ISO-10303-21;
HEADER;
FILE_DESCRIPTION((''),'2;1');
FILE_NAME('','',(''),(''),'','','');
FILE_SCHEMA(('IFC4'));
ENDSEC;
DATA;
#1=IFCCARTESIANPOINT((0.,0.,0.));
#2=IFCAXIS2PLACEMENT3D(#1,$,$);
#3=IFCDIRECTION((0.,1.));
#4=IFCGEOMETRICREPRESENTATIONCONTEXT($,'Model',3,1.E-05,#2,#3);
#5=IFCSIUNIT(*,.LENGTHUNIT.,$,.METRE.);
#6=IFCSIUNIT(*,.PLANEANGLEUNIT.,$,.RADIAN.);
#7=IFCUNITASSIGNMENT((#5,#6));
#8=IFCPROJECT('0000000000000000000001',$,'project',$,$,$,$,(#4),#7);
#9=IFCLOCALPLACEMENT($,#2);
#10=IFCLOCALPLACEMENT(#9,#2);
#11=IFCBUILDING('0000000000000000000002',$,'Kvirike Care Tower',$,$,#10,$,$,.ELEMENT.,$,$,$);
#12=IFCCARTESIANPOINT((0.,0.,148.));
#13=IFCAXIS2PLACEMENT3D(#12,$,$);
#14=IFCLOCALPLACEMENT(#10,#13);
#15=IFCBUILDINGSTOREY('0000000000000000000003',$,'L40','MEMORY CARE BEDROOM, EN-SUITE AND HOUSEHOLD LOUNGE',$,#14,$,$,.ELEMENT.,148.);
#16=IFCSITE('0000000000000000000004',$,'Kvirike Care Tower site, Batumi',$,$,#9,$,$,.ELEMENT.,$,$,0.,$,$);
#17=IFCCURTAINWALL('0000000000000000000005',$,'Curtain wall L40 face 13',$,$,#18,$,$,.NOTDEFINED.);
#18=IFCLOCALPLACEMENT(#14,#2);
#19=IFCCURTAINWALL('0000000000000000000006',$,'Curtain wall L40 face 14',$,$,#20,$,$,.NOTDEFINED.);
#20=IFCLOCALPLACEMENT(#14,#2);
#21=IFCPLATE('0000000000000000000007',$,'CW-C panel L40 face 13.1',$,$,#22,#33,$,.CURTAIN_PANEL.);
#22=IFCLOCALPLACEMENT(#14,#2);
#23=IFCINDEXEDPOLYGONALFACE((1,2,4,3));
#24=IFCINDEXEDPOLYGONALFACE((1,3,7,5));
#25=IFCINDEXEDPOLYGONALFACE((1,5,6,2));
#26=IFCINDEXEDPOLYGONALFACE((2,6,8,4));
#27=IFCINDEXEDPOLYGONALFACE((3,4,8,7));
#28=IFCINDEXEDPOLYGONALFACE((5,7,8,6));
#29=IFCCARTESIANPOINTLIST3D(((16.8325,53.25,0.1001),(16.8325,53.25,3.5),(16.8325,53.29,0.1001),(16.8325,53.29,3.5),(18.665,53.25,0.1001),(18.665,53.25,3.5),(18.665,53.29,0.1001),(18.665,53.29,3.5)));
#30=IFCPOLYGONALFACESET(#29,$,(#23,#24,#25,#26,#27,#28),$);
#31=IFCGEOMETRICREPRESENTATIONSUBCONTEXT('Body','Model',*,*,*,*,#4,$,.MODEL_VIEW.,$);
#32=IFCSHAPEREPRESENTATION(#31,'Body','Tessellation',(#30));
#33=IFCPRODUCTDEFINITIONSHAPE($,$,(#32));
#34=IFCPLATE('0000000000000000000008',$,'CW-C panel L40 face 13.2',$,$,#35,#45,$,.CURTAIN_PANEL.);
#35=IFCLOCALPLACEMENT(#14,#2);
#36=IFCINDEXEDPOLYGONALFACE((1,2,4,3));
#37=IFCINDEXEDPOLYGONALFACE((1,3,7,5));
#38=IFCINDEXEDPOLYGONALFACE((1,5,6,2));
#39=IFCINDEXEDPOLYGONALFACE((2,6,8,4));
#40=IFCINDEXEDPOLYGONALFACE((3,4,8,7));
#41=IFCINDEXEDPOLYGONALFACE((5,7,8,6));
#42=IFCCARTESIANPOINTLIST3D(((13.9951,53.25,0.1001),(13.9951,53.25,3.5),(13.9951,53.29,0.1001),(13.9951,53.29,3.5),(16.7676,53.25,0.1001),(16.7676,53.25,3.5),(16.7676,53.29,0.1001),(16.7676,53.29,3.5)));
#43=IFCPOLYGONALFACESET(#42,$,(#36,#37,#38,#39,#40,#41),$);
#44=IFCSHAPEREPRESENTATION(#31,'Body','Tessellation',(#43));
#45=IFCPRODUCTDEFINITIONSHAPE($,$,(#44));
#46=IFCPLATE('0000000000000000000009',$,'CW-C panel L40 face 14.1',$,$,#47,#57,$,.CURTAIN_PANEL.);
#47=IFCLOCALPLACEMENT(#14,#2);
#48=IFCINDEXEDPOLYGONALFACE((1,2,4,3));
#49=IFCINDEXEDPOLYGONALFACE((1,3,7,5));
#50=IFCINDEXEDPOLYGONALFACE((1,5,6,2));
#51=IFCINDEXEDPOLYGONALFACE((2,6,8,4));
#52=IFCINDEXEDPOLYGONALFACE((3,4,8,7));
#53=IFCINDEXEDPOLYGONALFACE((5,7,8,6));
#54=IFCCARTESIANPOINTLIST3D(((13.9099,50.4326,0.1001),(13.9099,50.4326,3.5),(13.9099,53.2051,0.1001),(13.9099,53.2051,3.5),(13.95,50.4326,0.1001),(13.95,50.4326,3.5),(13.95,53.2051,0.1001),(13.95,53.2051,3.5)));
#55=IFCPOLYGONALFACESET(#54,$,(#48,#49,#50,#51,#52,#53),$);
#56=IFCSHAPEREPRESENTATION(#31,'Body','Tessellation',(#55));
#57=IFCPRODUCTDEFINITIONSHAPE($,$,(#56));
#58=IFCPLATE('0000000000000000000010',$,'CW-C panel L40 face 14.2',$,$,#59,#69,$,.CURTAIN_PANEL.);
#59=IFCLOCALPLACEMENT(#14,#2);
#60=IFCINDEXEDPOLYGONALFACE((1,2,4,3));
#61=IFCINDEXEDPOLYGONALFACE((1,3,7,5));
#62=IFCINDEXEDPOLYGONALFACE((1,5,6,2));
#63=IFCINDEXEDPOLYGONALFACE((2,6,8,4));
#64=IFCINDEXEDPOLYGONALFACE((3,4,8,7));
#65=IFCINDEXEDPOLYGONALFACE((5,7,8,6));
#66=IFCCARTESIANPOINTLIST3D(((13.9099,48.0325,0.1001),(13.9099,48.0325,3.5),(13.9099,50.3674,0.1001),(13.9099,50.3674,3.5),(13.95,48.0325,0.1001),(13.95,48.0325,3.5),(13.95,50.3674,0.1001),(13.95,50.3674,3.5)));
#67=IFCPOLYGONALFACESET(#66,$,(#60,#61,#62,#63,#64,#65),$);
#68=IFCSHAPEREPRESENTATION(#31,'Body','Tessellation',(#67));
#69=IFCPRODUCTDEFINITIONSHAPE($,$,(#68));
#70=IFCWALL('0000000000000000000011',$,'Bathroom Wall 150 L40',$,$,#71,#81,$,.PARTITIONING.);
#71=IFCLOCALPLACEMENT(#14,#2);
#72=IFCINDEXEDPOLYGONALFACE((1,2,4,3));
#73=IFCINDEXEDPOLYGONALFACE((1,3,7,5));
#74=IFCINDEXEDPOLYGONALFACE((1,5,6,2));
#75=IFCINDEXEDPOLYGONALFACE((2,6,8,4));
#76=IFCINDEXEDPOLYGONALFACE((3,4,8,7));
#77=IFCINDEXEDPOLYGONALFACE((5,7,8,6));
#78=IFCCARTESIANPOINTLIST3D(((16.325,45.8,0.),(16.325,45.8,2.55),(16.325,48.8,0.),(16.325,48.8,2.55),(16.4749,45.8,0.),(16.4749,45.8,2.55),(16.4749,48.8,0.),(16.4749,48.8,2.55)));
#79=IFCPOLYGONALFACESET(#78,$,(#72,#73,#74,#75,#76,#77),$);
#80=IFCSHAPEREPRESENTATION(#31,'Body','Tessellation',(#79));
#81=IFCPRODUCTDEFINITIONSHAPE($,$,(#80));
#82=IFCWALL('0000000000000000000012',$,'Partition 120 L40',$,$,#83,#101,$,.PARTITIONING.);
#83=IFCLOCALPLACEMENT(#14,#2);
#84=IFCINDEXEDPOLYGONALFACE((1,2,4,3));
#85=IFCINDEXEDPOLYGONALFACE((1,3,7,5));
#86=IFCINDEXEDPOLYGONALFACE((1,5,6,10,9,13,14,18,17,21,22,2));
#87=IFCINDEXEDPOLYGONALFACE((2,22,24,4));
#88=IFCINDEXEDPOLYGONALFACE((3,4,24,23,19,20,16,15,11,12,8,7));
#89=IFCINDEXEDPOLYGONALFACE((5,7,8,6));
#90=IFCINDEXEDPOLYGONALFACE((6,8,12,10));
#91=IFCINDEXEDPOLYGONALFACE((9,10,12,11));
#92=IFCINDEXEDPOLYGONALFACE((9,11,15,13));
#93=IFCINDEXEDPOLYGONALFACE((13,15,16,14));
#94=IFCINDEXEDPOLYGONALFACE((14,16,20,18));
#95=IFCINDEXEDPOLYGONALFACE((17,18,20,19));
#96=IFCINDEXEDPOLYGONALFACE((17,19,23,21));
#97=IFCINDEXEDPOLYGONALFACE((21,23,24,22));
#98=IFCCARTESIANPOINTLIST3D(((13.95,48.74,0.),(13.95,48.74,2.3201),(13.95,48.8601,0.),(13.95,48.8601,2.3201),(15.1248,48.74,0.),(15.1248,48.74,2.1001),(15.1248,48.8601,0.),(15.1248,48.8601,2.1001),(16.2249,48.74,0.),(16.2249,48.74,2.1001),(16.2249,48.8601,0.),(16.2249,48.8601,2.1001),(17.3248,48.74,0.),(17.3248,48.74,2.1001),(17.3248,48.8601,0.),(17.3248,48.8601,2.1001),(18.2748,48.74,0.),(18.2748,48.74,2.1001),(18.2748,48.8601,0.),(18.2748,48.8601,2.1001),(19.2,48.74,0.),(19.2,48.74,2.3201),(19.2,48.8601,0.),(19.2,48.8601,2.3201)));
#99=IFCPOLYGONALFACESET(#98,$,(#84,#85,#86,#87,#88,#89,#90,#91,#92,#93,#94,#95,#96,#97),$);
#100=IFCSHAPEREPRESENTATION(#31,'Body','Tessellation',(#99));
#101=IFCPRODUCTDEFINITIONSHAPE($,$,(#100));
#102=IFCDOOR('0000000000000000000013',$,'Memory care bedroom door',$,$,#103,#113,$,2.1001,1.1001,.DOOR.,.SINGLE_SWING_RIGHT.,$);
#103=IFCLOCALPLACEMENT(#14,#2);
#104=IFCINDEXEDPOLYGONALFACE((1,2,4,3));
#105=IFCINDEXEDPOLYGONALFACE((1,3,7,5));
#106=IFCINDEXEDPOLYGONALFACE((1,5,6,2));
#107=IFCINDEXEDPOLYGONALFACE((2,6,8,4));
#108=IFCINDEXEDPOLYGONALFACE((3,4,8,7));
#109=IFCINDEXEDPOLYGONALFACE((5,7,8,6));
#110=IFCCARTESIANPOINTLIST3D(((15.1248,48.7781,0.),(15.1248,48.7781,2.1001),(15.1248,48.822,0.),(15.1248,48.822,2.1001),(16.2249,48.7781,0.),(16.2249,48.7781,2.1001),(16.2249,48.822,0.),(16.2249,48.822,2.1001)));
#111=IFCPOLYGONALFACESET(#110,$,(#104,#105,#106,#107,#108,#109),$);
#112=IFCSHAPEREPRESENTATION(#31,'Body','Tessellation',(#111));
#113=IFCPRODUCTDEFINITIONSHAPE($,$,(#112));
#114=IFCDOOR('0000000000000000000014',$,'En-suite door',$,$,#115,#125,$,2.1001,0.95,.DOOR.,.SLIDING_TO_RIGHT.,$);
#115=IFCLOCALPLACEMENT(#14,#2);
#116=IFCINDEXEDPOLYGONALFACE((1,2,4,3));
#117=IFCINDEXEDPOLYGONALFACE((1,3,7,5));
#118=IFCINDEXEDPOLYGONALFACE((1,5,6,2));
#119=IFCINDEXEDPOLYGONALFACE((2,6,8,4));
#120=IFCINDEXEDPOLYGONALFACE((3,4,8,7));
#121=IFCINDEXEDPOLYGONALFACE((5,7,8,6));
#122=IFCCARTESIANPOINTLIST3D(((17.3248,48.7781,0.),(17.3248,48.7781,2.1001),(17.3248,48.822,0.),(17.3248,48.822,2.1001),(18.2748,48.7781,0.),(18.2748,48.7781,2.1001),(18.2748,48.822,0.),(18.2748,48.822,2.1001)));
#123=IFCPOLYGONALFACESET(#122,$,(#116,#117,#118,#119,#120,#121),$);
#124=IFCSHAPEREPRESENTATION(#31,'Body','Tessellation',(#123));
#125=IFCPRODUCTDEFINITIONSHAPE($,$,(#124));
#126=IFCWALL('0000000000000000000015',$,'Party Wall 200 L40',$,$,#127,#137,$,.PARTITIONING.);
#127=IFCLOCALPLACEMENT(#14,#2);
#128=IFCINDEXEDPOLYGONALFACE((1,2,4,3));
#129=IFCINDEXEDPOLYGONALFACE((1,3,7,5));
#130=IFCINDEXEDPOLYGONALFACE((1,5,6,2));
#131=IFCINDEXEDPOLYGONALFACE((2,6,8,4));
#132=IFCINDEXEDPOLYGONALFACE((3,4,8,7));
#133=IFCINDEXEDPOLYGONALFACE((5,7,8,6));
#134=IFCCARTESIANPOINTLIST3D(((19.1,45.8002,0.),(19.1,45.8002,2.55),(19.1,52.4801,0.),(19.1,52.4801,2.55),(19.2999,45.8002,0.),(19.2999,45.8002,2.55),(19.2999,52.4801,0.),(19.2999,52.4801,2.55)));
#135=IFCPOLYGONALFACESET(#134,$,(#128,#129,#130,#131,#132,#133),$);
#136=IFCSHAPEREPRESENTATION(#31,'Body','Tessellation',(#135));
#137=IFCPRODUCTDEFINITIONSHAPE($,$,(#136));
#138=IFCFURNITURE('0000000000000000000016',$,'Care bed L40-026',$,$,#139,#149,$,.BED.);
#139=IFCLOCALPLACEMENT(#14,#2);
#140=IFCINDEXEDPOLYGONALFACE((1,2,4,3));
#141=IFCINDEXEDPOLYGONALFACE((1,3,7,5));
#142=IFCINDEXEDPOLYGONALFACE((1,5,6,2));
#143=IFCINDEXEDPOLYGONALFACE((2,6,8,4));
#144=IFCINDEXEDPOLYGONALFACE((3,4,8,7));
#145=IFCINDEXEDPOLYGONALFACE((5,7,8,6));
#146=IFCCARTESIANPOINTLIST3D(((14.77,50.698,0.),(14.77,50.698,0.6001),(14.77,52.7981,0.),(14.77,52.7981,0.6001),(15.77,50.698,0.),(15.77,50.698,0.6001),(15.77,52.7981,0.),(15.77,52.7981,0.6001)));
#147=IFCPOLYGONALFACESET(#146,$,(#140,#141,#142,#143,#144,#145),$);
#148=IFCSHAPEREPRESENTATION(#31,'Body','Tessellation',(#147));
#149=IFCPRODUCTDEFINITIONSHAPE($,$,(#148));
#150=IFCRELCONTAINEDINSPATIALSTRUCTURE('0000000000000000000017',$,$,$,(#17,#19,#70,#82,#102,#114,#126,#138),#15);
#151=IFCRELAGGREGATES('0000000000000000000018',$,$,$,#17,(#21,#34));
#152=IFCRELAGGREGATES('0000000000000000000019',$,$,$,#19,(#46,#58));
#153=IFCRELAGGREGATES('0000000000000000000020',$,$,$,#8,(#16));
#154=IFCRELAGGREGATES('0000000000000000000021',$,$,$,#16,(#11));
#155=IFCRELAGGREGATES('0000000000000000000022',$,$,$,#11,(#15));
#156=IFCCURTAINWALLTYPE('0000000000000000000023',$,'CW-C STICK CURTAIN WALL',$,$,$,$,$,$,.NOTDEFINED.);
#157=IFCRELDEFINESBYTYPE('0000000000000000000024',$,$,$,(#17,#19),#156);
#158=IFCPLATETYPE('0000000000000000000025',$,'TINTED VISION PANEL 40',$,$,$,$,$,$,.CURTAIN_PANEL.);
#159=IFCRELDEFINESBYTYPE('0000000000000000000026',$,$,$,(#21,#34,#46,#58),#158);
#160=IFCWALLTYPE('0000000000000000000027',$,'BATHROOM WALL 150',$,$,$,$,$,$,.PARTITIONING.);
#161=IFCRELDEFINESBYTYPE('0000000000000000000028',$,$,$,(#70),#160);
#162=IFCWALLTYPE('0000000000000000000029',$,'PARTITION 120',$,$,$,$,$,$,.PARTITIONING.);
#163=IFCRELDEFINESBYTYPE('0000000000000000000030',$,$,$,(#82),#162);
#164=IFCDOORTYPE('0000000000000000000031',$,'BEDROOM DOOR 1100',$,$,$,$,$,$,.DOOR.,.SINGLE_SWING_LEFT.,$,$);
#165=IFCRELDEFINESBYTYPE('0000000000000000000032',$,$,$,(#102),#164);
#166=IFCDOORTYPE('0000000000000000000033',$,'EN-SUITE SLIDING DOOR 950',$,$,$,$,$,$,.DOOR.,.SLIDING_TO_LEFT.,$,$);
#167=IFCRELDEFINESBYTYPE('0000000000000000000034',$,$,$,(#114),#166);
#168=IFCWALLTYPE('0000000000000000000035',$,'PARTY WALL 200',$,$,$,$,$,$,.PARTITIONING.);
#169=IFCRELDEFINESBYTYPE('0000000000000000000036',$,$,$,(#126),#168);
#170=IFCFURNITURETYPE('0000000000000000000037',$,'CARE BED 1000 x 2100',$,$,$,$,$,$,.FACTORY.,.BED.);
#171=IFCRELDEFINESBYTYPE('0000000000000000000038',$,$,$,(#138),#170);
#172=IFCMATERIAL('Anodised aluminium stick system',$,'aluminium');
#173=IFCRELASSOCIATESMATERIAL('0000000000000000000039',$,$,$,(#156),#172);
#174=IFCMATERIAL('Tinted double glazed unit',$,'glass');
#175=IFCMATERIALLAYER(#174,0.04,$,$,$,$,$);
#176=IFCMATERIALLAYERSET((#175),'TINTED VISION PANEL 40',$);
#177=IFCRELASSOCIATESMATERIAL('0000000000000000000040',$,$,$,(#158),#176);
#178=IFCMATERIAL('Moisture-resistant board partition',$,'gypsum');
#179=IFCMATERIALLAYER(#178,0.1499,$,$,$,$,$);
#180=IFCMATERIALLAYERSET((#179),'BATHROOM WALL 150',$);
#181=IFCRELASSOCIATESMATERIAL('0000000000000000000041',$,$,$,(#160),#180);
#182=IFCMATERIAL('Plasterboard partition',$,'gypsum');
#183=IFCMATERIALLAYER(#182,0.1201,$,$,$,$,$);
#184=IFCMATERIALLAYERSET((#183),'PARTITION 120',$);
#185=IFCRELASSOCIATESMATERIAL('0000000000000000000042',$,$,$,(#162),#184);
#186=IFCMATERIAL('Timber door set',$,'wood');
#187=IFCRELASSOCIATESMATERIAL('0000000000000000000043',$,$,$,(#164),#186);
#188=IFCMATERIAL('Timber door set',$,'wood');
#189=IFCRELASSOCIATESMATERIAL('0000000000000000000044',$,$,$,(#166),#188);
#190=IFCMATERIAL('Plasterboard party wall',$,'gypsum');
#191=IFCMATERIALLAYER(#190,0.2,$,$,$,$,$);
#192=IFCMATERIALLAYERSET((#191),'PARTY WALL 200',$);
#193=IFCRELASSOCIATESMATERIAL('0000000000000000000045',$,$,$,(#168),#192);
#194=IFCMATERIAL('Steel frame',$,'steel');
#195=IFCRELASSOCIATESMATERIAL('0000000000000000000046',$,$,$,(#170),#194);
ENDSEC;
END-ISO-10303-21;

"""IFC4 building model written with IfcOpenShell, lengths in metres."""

from ifc_helpers import new_model, si_unit, direction, frame, frame_2d, origin, origin_2d, place, context, subcontext, project, spatial, rectangle, extrude, material, layer, layer_set, type_object, element, fill, aggregate, save


model = new_model("IFC4")

# Units and contexts
model_context = context("Model", 3, precision=1e-05, world=origin(), true_north=direction((0.0, 1.0)))
body_context = subcontext(model_context, "Body", "Model", "MODEL_VIEW")
ifc_project = project(units=[si_unit("LENGTHUNIT", "METRE"), si_unit("PLANEANGLEUNIT", "RADIAN")], contexts=[model_context])

# Site, building, storey
site_placement = place(None, origin())
site = spatial("IfcSite", under=ifc_project, at=site_placement, Name="Kvirike Care Tower site, Batumi", CompositionType="ELEMENT", RefElevation=0.0)
building_placement = place(site_placement, origin())
building = spatial("IfcBuilding", under=site, at=building_placement, Name="Kvirike Care Tower", CompositionType="ELEMENT")
storey_placement = place(building_placement, frame((0.0, 0.0, 148.0)))
storey = spatial("IfcBuildingStorey", under=building, at=storey_placement, Name="L40", Description="MEMORY CARE BEDROOM, EN-SUITE AND HOUSEHOLD LOUNGE", CompositionType="ELEMENT", Elevation=148.0)

# Shared definitions
ifc_material_1 = material(Name="Anodised aluminium stick system", Category="aluminium")
curtain_wall_type = type_object("IfcCurtainWallType", Name="CW-C STICK CURTAIN WALL", PredefinedType="NOTDEFINED", material=ifc_material_1)

# Curtain walls
curtain_wall_1_placement = place(storey_placement, origin())
curtain_wall_1 = element("IfcCurtainWall", 1, at=curtain_wall_1_placement, inside=storey, type_object=curtain_wall_type, Name="Curtain wall L40 face 13", PredefinedType="NOTDEFINED")
curtain_wall_2_placement = place(storey_placement, origin())
curtain_wall_2 = element("IfcCurtainWall", 2, at=curtain_wall_2_placement, inside=storey, type_object=curtain_wall_type, Name="Curtain wall L40 face 14", PredefinedType="NOTDEFINED")

# Plates
ifc_material_2 = material(Name="Tinted double glazed unit", Category="glass")
ifc_layer_1 = layer(ifc_material_2, 0.04)
ifc_layer_set_1 = layer_set([ifc_layer_1], Name="TINTED VISION PANEL 40")
plate_type = type_object("IfcPlateType", Name="TINTED VISION PANEL 40", PredefinedType="CURTAIN_PANEL", material=ifc_layer_set_1)
plate_1_placement = place(storey_placement, frame((17.7488, 53.27, 0.1001), z_axis=(0.0, 0.0, 1.0), x_axis=(-1.0, 0.0, 0.0)))
plate_1 = element("IfcPlate", 3, at=plate_1_placement, type_object=plate_type, Name="CW-C panel L40 face 13.1", PredefinedType="CURTAIN_PANEL", context=body_context, shape_type="SweptSolid", body=[
    extrude(rectangle(XDim=1.8325, YDim=0.04, at=origin_2d()), origin(), (0.0, 0.0, 1.0), 3.3999),
])
plate_2_placement = place(storey_placement, frame((15.3813, 53.27, 0.1001), z_axis=(0.0, 0.0, 1.0), x_axis=(-1.0, 0.0, 0.0)))
plate_2 = element("IfcPlate", 4, at=plate_2_placement, type_object=plate_type, Name="CW-C panel L40 face 13.2", PredefinedType="CURTAIN_PANEL", context=body_context, shape_type="SweptSolid", body=[
    extrude(rectangle(XDim=2.7725, YDim=0.04, at=origin_2d()), origin(), (0.0, 0.0, 1.0), 3.3999),
])
aggregate(curtain_wall_1, [plate_1, plate_2])
plate_3_placement = place(storey_placement, frame((13.9299, 51.8188, 0.1001), z_axis=(0.0, 0.0, 1.0), x_axis=(0.0, -1.0, 0.0)))
plate_3 = element("IfcPlate", 5, at=plate_3_placement, type_object=plate_type, Name="CW-C panel L40 face 14.1", PredefinedType="CURTAIN_PANEL", context=body_context, shape_type="SweptSolid", body=[
    extrude(rectangle(XDim=2.7725, YDim=0.04, at=origin_2d()), origin(), (0.0, 0.0, 1.0), 3.3999),
])
plate_4_placement = place(storey_placement, frame((13.9299, 49.2, 0.1001), z_axis=(0.0, 0.0, 1.0), x_axis=(0.0, -1.0, 0.0)))
plate_4 = element("IfcPlate", 6, at=plate_4_placement, type_object=plate_type, Name="CW-C panel L40 face 14.2", PredefinedType="CURTAIN_PANEL", context=body_context, shape_type="SweptSolid", body=[
    extrude(rectangle(XDim=2.335, YDim=0.04, at=origin_2d()), origin(), (0.0, 0.0, 1.0), 3.3999),
])
aggregate(curtain_wall_2, [plate_3, plate_4])

# Wall
ifc_material_3 = material(Name="Moisture-resistant board partition", Category="gypsum")
ifc_layer_2 = layer(ifc_material_3, 0.1499)
ifc_layer_set_2 = layer_set([ifc_layer_2], Name="BATHROOM WALL 150")
wall_type_1 = type_object("IfcWallType", Name="BATHROOM WALL 150", PredefinedType="PARTITIONING", material=ifc_layer_set_2)
wall_1_placement = place(storey_placement, frame((16.3999, 48.8, 0.0), z_axis=(0.0, 0.0, 1.0), x_axis=(0.0, -1.0, 0.0)))
element("IfcWall", 7, at=wall_1_placement, inside=storey, type_object=wall_type_1, Name="Bathroom Wall 150 L40", PredefinedType="PARTITIONING", context=body_context, shape_type="SweptSolid", body=[
    extrude(rectangle(XDim=3.0, YDim=0.1499, at=frame_2d((1.5, 0.0))), origin(), (0.0, 0.0, 1.0), 2.55),
])

# Wall, openings, doors
ifc_material_4 = material(Name="Plasterboard partition", Category="gypsum")
ifc_layer_3 = layer(ifc_material_4, 0.1201)
ifc_layer_set_3 = layer_set([ifc_layer_3], Name="PARTITION 120")
wall_type_2 = type_object("IfcWallType", Name="PARTITION 120", PredefinedType="PARTITIONING", material=ifc_layer_set_3)
wall_2_placement = place(storey_placement, frame((19.2, 48.8, 0.0), z_axis=(0.0, 0.0, 1.0), x_axis=(-1.0, 0.0, 0.0)))
wall_2 = element("IfcWall", 8, at=wall_2_placement, inside=storey, type_object=wall_type_2, Name="Partition 120 L40", PredefinedType="PARTITIONING", context=body_context, shape_type="SweptSolid", body=[
    extrude(rectangle(XDim=5.25, YDim=0.1201, at=frame_2d((2.625, 0.0))), origin(), (0.0, 0.0, 1.0), 2.3201),
])
opening_1_placement = place(wall_2_placement, frame((2.9751, 0.0, 0.0)))
opening_1 = element("IfcOpeningElement", 9, at=opening_1_placement, cuts=wall_2, PredefinedType="OPENING", context=body_context, shape_type="SweptSolid", body=[
    extrude(rectangle(XDim=1.1001, YDim=2.1001, at=frame_2d((0.55, 1.05))), frame((0.0, 0.0706, 0.0), z_axis=(0.0, -1.0, 0.0), x_axis=(1.0, 0.0, 0.0)), (0.0, 0.0, 1.0), 0.1411),
])
opening_2_placement = place(wall_2_placement, frame((0.925, 0.0, 0.0)))
opening_2 = element("IfcOpeningElement", 10, at=opening_2_placement, cuts=wall_2, PredefinedType="OPENING", context=body_context, shape_type="SweptSolid", body=[
    extrude(rectangle(XDim=0.95, YDim=2.1001, at=frame_2d((0.4751, 1.05))), frame((0.0, 0.0706, 0.0), z_axis=(0.0, -1.0, 0.0), x_axis=(1.0, 0.0, 0.0)), (0.0, 0.0, 1.0), 0.1411),
])
ifc_material_5 = material(Name="Timber door set", Category="wood")
door_type_1 = type_object("IfcDoorType", Name="BEDROOM DOOR 1100", OperationType="SINGLE_SWING_LEFT", PredefinedType="DOOR", material=ifc_material_5)
door_1_placement = place(opening_1_placement, origin())
door_1 = element("IfcDoor", 11, at=door_1_placement, inside=storey, type_object=door_type_1, Name="Memory care bedroom door", OperationType="SINGLE_SWING_RIGHT", OverallHeight=2.1001, OverallWidth=1.1001, PredefinedType="DOOR", context=body_context, shape_type="SweptSolid", body=[
    extrude(rectangle(XDim=1.1001, YDim=2.1001, at=frame_2d((0.55, 1.05))), frame((0.0, 0.022, 0.0), z_axis=(0.0, -1.0, 0.0), x_axis=(1.0, 0.0, 0.0)), (0.0, 0.0, 1.0), 0.0439),
])
fill(opening_1, door_1)
ifc_material_6 = material(Name="Timber door set", Category="wood")
door_type_2 = type_object("IfcDoorType", Name="EN-SUITE SLIDING DOOR 950", OperationType="SLIDING_TO_LEFT", PredefinedType="DOOR", material=ifc_material_6)
door_2_placement = place(opening_2_placement, origin())
door_2 = element("IfcDoor", 12, at=door_2_placement, inside=storey, type_object=door_type_2, Name="En-suite door", OperationType="SLIDING_TO_RIGHT", OverallHeight=2.1001, OverallWidth=0.95, PredefinedType="DOOR", context=body_context, shape_type="SweptSolid", body=[
    extrude(rectangle(XDim=0.95, YDim=2.1001, at=frame_2d((0.4751, 1.05))), frame((0.0, 0.022, 0.0), z_axis=(0.0, -1.0, 0.0), x_axis=(1.0, 0.0, 0.0)), (0.0, 0.0, 1.0), 0.0439),
])
fill(opening_2, door_2)

# Wall
ifc_material_7 = material(Name="Plasterboard party wall", Category="gypsum")
ifc_layer_4 = layer(ifc_material_7, 0.2)
ifc_layer_set_4 = layer_set([ifc_layer_4], Name="PARTY WALL 200")
wall_type_3 = type_object("IfcWallType", Name="PARTY WALL 200", PredefinedType="PARTITIONING", material=ifc_layer_set_4)
wall_3_placement = place(storey_placement, frame((19.2, 52.48, 0.0), z_axis=(0.0, 0.0, 1.0), x_axis=(0.0, -1.0, 0.0)))
element("IfcWall", 13, at=wall_3_placement, inside=storey, type_object=wall_type_3, Name="Party Wall 200 L40", PredefinedType="PARTITIONING", context=body_context, shape_type="SweptSolid", body=[
    extrude(rectangle(XDim=6.6799, YDim=0.2, at=frame_2d((3.3398, 0.0))), origin(), (0.0, 0.0, 1.0), 2.55),
])

# Furniture
ifc_material_8 = material(Name="Steel frame", Category="steel")
furniture_type = type_object("IfcFurnitureType", Name="CARE BED 1000 x 2100", AssemblyPlace="FACTORY", PredefinedType="BED", material=ifc_material_8)
furniture_placement = place(storey_placement, frame((15.27, 51.748, 0.0), z_axis=(0.0, 0.0, 1.0), x_axis=(1.0, 0.0, 0.0)))
element("IfcFurniture", 14, at=furniture_placement, inside=storey, type_object=furniture_type, Name="Care bed L40-026", PredefinedType="BED", context=body_context, shape_type="SweptSolid", body=[
    extrude(rectangle(XDim=1.0, YDim=2.1001, at=origin_2d()), origin(), (0.0, 0.0, 1.0), 0.6001),
])

save(model, "model.ifc")
